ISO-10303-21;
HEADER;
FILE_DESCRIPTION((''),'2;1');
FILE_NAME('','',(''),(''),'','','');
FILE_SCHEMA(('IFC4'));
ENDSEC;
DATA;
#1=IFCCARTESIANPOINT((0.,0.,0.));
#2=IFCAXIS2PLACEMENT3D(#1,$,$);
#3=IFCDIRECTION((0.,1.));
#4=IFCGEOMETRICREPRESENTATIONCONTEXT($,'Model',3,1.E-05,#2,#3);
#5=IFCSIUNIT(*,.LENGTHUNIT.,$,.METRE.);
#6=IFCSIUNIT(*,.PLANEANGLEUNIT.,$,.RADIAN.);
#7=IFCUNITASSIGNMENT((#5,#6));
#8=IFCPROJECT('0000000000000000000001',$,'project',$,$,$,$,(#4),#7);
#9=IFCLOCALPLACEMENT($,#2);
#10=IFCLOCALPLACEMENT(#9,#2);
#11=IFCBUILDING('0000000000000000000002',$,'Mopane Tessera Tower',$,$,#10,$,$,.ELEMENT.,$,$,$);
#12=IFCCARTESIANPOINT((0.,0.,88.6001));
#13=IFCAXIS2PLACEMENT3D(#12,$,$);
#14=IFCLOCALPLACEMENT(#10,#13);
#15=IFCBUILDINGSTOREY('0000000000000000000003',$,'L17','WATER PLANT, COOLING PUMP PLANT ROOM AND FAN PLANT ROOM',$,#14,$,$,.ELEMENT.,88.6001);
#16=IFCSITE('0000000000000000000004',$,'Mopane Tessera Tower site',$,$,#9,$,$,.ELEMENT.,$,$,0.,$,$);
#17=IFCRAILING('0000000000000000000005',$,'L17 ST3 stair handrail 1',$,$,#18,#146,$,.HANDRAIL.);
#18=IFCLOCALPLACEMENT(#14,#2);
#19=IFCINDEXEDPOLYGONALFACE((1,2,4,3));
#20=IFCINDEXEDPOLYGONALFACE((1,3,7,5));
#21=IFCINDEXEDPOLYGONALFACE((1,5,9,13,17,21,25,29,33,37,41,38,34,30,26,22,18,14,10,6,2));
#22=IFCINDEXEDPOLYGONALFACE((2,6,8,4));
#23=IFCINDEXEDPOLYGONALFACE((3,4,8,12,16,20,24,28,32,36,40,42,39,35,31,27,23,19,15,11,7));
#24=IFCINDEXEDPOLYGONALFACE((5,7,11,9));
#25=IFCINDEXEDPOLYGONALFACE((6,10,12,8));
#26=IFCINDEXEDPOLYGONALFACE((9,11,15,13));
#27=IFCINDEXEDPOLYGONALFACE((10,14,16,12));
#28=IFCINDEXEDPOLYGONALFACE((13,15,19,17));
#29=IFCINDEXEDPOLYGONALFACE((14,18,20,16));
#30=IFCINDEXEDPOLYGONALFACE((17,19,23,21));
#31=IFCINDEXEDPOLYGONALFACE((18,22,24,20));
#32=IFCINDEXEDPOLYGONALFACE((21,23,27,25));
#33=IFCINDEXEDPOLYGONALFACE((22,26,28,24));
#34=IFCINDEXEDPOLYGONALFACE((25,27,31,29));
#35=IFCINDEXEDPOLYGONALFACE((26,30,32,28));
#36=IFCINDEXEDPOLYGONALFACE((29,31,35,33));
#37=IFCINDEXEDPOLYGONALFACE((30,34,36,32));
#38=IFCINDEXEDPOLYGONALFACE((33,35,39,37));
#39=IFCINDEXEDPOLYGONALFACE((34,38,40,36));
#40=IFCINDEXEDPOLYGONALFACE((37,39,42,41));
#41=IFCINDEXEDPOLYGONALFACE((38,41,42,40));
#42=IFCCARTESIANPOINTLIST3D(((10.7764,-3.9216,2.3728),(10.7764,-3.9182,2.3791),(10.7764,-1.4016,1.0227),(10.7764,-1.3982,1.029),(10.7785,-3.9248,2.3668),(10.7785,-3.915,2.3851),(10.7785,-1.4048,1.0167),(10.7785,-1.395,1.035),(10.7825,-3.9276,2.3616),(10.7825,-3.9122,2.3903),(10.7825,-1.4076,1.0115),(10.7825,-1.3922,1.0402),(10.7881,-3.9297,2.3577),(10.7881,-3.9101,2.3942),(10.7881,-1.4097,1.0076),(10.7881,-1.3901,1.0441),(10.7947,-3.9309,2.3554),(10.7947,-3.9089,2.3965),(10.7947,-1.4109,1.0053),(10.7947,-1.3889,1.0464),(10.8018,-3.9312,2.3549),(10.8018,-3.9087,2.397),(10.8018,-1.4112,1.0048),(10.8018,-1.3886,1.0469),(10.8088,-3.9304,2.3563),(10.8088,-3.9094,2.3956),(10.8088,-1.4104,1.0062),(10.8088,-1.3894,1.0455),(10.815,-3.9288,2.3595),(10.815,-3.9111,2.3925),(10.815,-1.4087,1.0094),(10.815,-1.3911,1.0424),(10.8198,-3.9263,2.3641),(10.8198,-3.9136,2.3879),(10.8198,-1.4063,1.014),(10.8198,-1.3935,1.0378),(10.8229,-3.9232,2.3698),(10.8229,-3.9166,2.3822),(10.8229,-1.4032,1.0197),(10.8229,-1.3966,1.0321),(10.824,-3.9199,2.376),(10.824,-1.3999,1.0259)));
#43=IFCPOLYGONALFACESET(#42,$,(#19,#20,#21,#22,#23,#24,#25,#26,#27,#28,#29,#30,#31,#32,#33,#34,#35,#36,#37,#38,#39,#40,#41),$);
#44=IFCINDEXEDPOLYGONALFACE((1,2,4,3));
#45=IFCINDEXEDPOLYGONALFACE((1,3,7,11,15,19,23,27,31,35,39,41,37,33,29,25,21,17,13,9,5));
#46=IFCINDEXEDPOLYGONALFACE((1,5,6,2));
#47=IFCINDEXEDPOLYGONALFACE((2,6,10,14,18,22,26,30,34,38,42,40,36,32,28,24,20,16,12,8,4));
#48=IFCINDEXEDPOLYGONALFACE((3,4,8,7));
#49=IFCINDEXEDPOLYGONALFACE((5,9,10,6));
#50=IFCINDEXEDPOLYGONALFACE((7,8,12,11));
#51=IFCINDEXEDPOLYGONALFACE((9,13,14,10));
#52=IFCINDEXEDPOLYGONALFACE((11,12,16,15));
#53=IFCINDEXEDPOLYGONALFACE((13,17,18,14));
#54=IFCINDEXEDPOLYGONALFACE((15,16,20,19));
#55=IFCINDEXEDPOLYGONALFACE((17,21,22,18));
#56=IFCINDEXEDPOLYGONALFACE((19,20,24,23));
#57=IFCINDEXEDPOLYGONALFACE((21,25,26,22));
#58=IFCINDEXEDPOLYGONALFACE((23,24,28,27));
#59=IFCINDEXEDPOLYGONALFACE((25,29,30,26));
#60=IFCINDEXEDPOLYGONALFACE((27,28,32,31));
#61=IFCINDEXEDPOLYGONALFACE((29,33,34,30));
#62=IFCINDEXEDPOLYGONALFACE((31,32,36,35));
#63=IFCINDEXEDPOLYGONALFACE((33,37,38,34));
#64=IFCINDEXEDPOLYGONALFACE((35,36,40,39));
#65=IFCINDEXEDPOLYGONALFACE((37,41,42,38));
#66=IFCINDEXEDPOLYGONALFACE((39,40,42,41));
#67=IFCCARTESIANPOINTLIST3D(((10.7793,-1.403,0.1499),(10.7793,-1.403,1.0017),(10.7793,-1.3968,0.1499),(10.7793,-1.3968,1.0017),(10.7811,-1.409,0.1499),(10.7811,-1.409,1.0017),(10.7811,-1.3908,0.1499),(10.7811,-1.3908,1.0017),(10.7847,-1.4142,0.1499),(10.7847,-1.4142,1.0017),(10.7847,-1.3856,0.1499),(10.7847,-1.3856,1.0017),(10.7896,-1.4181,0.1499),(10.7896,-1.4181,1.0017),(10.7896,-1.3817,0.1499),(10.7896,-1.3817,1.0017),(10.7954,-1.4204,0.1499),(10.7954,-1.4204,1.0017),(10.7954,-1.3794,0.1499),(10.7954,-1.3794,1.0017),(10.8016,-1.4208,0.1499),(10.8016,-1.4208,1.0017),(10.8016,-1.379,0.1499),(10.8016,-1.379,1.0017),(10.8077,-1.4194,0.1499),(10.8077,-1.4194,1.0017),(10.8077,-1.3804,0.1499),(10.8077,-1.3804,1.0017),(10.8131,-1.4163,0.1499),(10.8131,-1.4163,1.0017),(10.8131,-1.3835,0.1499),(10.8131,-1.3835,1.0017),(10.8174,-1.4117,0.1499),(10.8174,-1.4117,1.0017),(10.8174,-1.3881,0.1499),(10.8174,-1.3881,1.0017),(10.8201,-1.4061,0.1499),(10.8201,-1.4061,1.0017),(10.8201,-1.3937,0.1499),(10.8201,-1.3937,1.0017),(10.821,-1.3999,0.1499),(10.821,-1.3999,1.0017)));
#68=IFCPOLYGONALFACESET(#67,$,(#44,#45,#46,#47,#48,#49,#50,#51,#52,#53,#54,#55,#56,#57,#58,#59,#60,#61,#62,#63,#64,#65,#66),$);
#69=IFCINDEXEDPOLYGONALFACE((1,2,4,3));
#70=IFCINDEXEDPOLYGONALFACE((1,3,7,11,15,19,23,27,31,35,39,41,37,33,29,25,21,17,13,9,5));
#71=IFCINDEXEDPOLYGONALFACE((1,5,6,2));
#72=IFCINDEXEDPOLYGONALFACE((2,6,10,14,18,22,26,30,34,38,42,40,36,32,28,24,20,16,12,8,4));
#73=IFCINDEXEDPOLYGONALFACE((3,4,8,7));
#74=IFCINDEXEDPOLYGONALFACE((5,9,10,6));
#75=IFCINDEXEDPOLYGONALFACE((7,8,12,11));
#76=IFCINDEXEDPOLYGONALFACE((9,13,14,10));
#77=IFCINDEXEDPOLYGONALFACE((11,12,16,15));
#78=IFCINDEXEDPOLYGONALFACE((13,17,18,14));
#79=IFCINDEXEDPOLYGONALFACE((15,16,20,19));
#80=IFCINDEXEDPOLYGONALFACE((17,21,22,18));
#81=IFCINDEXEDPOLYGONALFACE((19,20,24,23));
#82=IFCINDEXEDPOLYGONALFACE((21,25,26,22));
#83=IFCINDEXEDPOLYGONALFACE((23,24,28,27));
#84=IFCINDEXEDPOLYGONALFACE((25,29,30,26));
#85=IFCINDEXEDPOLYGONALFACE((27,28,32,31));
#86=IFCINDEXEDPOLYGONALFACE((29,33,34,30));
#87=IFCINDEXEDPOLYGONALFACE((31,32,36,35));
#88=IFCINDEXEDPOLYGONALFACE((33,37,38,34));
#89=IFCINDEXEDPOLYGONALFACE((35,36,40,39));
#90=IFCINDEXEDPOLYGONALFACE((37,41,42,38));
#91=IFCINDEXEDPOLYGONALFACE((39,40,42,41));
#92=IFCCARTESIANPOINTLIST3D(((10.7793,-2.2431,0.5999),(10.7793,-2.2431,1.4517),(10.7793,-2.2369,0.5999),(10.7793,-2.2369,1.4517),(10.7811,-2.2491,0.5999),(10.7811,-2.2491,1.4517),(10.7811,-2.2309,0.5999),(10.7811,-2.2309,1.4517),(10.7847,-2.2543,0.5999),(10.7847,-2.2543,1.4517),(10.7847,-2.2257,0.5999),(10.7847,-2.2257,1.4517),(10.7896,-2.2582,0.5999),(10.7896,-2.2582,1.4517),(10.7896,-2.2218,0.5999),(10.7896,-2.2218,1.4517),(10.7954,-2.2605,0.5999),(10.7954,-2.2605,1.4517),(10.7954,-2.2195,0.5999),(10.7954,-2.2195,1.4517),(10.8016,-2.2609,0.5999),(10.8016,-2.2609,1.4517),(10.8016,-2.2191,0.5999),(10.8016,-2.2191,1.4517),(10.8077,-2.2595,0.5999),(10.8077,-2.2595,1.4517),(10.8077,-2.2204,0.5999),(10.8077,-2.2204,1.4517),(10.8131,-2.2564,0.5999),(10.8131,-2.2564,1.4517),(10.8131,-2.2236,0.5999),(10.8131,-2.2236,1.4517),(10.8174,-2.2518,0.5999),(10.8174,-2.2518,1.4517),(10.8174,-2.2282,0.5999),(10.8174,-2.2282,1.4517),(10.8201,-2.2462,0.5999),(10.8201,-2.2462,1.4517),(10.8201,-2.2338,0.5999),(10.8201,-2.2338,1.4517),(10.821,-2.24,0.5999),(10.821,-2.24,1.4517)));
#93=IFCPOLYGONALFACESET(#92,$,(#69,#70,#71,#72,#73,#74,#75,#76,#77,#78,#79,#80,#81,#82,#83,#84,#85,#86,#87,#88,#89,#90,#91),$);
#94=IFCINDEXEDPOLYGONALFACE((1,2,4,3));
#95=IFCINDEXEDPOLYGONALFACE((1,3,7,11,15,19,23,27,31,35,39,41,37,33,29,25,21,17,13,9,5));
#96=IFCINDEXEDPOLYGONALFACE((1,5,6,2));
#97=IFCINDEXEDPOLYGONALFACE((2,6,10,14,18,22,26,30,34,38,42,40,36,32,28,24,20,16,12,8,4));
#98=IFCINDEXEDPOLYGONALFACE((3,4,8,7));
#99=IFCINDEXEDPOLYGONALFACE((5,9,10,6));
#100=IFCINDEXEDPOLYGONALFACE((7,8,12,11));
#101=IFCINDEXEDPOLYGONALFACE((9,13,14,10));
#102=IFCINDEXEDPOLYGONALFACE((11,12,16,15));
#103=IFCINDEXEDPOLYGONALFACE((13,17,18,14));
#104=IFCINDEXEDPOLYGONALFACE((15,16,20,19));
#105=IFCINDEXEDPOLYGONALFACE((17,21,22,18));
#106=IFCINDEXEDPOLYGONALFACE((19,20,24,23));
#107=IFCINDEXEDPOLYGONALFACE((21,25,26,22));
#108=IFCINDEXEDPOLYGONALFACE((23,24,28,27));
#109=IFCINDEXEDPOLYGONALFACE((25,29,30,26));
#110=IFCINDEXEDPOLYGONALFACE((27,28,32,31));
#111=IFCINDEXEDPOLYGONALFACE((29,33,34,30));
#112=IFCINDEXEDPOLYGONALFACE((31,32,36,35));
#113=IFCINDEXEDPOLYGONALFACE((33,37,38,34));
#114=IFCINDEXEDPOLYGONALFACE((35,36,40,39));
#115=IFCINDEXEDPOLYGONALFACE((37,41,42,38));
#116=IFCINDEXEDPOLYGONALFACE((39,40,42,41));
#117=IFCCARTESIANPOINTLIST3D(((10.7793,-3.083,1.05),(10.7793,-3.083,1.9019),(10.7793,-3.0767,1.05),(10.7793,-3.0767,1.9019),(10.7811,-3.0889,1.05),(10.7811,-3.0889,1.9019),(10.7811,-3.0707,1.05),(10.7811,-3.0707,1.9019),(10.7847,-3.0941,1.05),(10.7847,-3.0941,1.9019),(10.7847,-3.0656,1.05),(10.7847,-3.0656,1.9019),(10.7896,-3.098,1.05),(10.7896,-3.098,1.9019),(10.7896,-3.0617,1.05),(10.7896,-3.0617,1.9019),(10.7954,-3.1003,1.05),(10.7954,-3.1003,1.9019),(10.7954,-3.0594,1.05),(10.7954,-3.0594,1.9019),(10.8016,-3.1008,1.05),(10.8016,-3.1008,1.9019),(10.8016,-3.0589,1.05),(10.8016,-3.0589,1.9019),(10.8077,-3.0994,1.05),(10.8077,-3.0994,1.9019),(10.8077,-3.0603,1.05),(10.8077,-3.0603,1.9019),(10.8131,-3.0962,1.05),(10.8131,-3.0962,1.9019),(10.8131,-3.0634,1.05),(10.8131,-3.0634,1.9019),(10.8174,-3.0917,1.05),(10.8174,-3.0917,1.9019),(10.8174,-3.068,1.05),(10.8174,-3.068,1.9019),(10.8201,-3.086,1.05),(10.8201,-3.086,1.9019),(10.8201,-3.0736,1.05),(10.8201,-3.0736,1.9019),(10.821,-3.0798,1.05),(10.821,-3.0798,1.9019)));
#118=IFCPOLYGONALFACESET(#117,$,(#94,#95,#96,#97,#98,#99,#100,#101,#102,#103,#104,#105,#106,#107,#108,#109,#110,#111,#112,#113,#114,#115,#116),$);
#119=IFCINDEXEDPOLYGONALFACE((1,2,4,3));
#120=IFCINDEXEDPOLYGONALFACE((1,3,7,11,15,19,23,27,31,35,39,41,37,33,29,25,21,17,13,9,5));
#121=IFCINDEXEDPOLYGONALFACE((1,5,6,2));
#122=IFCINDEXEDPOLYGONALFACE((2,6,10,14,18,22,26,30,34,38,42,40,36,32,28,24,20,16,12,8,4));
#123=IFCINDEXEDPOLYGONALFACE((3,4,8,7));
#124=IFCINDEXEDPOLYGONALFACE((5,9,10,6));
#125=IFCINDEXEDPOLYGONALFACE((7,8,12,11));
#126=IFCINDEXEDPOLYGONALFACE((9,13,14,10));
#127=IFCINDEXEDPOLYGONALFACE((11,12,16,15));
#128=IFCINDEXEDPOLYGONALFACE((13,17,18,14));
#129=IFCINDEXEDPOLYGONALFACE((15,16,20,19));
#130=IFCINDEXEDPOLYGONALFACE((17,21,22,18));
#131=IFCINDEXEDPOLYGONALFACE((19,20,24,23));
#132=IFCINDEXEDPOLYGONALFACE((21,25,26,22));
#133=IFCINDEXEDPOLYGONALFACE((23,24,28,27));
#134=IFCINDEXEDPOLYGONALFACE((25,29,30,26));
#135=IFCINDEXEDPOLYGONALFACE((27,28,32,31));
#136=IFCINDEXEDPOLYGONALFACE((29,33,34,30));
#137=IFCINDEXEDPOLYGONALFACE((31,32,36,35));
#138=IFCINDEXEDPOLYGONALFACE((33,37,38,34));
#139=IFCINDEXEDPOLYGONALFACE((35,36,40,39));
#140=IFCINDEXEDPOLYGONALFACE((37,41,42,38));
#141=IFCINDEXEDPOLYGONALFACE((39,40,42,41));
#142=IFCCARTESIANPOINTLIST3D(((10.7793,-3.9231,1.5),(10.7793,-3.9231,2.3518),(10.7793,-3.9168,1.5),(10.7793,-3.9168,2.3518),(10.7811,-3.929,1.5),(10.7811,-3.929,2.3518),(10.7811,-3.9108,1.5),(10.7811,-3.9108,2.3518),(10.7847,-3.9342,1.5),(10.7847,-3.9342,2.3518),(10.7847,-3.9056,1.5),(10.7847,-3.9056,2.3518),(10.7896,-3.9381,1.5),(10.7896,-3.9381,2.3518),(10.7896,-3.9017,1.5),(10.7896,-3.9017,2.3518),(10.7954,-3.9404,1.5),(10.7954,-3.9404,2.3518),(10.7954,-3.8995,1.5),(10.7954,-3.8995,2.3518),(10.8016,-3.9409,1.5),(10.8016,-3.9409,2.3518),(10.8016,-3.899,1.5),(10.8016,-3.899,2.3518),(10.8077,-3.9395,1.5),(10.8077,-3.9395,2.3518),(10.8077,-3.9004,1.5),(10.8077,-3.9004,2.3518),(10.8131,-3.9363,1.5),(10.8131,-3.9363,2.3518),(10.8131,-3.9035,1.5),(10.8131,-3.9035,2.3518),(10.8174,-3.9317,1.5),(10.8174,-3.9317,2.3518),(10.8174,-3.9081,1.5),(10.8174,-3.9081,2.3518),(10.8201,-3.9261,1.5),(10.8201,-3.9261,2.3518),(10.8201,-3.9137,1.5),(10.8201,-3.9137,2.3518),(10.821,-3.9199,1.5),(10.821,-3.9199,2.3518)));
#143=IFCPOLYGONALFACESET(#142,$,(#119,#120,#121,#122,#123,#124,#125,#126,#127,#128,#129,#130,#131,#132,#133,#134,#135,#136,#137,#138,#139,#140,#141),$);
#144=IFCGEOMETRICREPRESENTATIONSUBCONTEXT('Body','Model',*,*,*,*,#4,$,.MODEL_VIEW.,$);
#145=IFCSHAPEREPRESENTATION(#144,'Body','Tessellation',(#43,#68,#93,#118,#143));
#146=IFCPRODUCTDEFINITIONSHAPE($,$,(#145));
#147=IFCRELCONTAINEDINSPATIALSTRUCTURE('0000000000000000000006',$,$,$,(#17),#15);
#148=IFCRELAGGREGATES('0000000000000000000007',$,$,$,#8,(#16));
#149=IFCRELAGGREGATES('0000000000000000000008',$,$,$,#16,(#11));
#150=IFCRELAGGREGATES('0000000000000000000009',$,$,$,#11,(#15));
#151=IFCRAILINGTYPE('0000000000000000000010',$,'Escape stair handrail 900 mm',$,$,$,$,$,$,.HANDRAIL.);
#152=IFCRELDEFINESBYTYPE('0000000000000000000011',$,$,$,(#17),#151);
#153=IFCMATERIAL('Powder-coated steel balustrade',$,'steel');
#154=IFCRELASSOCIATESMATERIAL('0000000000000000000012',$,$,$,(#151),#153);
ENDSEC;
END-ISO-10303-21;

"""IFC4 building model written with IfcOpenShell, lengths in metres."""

from ifc_helpers import new_model, si_unit, direction, frame, origin, origin_2d, place, context, subcontext, project, spatial, circle, extrude, material, type_object, element, save


model = new_model("IFC4")

# Units and contexts
model_context = context("Model", 3, precision=1e-05, world=origin(), true_north=direction((0.0, 1.0)))
body_context = subcontext(model_context, "Body", "Model", "MODEL_VIEW")
ifc_project = project(units=[si_unit("LENGTHUNIT", "METRE"), si_unit("PLANEANGLEUNIT", "RADIAN")], contexts=[model_context])

# Site, building, storey
site_placement = place(None, origin())
site = spatial("IfcSite", under=ifc_project, at=site_placement, Name="Mopane Tessera Tower site", CompositionType="ELEMENT", RefElevation=0.0)
building_placement = place(site_placement, origin())
building = spatial("IfcBuilding", under=site, at=building_placement, Name="Mopane Tessera Tower", CompositionType="ELEMENT")
storey_placement = place(building_placement, frame((0.0, 0.0, 88.6001)))
storey = spatial("IfcBuildingStorey", under=building, at=storey_placement, Name="L17", Description="WATER PLANT, COOLING PUMP PLANT ROOM AND FAN PLANT ROOM", CompositionType="ELEMENT", Elevation=88.6001)

# Railing
ifc_material_1 = material(Name="Powder-coated steel balustrade", Category="steel")
railing_type_1 = type_object("IfcRailingType", Name="Escape stair handrail 900 mm", PredefinedType="HANDRAIL", material=ifc_material_1)
railing_1_placement = place(storey_placement, frame((10.8, -1.3999, 0.1499)))
element("IfcRailing", 1, at=railing_1_placement, inside=storey, type_object=railing_type_1, Name="L17 ST3 stair handrail 1", PredefinedType="HANDRAIL", context=body_context, shape_type="SweptSolid", body=[
    extrude(circle(Radius=0.0239, at=origin_2d()), frame((0.0, 0.0, 0.876), z_axis=(0.0, -0.881467, 0.472245), x_axis=(1.0, 0.0, 0.0)), (0.0, 0.0, 1.0), 2.8589),
    extrude(circle(Radius=0.021, at=origin_2d()), origin(), (0.0, 0.0, 1.0), 0.8518),
    extrude(circle(Radius=0.021, at=origin_2d()), frame((0.0, -0.8401, 0.45)), (0.0, 0.0, 1.0), 0.8518),
    extrude(circle(Radius=0.021, at=origin_2d()), frame((0.0, -1.6799, 0.9001)), (0.0, 0.0, 1.0), 0.8518),
    extrude(circle(Radius=0.021, at=origin_2d()), frame((0.0, -2.52, 1.3501)), (0.0, 0.0, 1.0), 0.8518),
])

save(model, "model.ifc")
